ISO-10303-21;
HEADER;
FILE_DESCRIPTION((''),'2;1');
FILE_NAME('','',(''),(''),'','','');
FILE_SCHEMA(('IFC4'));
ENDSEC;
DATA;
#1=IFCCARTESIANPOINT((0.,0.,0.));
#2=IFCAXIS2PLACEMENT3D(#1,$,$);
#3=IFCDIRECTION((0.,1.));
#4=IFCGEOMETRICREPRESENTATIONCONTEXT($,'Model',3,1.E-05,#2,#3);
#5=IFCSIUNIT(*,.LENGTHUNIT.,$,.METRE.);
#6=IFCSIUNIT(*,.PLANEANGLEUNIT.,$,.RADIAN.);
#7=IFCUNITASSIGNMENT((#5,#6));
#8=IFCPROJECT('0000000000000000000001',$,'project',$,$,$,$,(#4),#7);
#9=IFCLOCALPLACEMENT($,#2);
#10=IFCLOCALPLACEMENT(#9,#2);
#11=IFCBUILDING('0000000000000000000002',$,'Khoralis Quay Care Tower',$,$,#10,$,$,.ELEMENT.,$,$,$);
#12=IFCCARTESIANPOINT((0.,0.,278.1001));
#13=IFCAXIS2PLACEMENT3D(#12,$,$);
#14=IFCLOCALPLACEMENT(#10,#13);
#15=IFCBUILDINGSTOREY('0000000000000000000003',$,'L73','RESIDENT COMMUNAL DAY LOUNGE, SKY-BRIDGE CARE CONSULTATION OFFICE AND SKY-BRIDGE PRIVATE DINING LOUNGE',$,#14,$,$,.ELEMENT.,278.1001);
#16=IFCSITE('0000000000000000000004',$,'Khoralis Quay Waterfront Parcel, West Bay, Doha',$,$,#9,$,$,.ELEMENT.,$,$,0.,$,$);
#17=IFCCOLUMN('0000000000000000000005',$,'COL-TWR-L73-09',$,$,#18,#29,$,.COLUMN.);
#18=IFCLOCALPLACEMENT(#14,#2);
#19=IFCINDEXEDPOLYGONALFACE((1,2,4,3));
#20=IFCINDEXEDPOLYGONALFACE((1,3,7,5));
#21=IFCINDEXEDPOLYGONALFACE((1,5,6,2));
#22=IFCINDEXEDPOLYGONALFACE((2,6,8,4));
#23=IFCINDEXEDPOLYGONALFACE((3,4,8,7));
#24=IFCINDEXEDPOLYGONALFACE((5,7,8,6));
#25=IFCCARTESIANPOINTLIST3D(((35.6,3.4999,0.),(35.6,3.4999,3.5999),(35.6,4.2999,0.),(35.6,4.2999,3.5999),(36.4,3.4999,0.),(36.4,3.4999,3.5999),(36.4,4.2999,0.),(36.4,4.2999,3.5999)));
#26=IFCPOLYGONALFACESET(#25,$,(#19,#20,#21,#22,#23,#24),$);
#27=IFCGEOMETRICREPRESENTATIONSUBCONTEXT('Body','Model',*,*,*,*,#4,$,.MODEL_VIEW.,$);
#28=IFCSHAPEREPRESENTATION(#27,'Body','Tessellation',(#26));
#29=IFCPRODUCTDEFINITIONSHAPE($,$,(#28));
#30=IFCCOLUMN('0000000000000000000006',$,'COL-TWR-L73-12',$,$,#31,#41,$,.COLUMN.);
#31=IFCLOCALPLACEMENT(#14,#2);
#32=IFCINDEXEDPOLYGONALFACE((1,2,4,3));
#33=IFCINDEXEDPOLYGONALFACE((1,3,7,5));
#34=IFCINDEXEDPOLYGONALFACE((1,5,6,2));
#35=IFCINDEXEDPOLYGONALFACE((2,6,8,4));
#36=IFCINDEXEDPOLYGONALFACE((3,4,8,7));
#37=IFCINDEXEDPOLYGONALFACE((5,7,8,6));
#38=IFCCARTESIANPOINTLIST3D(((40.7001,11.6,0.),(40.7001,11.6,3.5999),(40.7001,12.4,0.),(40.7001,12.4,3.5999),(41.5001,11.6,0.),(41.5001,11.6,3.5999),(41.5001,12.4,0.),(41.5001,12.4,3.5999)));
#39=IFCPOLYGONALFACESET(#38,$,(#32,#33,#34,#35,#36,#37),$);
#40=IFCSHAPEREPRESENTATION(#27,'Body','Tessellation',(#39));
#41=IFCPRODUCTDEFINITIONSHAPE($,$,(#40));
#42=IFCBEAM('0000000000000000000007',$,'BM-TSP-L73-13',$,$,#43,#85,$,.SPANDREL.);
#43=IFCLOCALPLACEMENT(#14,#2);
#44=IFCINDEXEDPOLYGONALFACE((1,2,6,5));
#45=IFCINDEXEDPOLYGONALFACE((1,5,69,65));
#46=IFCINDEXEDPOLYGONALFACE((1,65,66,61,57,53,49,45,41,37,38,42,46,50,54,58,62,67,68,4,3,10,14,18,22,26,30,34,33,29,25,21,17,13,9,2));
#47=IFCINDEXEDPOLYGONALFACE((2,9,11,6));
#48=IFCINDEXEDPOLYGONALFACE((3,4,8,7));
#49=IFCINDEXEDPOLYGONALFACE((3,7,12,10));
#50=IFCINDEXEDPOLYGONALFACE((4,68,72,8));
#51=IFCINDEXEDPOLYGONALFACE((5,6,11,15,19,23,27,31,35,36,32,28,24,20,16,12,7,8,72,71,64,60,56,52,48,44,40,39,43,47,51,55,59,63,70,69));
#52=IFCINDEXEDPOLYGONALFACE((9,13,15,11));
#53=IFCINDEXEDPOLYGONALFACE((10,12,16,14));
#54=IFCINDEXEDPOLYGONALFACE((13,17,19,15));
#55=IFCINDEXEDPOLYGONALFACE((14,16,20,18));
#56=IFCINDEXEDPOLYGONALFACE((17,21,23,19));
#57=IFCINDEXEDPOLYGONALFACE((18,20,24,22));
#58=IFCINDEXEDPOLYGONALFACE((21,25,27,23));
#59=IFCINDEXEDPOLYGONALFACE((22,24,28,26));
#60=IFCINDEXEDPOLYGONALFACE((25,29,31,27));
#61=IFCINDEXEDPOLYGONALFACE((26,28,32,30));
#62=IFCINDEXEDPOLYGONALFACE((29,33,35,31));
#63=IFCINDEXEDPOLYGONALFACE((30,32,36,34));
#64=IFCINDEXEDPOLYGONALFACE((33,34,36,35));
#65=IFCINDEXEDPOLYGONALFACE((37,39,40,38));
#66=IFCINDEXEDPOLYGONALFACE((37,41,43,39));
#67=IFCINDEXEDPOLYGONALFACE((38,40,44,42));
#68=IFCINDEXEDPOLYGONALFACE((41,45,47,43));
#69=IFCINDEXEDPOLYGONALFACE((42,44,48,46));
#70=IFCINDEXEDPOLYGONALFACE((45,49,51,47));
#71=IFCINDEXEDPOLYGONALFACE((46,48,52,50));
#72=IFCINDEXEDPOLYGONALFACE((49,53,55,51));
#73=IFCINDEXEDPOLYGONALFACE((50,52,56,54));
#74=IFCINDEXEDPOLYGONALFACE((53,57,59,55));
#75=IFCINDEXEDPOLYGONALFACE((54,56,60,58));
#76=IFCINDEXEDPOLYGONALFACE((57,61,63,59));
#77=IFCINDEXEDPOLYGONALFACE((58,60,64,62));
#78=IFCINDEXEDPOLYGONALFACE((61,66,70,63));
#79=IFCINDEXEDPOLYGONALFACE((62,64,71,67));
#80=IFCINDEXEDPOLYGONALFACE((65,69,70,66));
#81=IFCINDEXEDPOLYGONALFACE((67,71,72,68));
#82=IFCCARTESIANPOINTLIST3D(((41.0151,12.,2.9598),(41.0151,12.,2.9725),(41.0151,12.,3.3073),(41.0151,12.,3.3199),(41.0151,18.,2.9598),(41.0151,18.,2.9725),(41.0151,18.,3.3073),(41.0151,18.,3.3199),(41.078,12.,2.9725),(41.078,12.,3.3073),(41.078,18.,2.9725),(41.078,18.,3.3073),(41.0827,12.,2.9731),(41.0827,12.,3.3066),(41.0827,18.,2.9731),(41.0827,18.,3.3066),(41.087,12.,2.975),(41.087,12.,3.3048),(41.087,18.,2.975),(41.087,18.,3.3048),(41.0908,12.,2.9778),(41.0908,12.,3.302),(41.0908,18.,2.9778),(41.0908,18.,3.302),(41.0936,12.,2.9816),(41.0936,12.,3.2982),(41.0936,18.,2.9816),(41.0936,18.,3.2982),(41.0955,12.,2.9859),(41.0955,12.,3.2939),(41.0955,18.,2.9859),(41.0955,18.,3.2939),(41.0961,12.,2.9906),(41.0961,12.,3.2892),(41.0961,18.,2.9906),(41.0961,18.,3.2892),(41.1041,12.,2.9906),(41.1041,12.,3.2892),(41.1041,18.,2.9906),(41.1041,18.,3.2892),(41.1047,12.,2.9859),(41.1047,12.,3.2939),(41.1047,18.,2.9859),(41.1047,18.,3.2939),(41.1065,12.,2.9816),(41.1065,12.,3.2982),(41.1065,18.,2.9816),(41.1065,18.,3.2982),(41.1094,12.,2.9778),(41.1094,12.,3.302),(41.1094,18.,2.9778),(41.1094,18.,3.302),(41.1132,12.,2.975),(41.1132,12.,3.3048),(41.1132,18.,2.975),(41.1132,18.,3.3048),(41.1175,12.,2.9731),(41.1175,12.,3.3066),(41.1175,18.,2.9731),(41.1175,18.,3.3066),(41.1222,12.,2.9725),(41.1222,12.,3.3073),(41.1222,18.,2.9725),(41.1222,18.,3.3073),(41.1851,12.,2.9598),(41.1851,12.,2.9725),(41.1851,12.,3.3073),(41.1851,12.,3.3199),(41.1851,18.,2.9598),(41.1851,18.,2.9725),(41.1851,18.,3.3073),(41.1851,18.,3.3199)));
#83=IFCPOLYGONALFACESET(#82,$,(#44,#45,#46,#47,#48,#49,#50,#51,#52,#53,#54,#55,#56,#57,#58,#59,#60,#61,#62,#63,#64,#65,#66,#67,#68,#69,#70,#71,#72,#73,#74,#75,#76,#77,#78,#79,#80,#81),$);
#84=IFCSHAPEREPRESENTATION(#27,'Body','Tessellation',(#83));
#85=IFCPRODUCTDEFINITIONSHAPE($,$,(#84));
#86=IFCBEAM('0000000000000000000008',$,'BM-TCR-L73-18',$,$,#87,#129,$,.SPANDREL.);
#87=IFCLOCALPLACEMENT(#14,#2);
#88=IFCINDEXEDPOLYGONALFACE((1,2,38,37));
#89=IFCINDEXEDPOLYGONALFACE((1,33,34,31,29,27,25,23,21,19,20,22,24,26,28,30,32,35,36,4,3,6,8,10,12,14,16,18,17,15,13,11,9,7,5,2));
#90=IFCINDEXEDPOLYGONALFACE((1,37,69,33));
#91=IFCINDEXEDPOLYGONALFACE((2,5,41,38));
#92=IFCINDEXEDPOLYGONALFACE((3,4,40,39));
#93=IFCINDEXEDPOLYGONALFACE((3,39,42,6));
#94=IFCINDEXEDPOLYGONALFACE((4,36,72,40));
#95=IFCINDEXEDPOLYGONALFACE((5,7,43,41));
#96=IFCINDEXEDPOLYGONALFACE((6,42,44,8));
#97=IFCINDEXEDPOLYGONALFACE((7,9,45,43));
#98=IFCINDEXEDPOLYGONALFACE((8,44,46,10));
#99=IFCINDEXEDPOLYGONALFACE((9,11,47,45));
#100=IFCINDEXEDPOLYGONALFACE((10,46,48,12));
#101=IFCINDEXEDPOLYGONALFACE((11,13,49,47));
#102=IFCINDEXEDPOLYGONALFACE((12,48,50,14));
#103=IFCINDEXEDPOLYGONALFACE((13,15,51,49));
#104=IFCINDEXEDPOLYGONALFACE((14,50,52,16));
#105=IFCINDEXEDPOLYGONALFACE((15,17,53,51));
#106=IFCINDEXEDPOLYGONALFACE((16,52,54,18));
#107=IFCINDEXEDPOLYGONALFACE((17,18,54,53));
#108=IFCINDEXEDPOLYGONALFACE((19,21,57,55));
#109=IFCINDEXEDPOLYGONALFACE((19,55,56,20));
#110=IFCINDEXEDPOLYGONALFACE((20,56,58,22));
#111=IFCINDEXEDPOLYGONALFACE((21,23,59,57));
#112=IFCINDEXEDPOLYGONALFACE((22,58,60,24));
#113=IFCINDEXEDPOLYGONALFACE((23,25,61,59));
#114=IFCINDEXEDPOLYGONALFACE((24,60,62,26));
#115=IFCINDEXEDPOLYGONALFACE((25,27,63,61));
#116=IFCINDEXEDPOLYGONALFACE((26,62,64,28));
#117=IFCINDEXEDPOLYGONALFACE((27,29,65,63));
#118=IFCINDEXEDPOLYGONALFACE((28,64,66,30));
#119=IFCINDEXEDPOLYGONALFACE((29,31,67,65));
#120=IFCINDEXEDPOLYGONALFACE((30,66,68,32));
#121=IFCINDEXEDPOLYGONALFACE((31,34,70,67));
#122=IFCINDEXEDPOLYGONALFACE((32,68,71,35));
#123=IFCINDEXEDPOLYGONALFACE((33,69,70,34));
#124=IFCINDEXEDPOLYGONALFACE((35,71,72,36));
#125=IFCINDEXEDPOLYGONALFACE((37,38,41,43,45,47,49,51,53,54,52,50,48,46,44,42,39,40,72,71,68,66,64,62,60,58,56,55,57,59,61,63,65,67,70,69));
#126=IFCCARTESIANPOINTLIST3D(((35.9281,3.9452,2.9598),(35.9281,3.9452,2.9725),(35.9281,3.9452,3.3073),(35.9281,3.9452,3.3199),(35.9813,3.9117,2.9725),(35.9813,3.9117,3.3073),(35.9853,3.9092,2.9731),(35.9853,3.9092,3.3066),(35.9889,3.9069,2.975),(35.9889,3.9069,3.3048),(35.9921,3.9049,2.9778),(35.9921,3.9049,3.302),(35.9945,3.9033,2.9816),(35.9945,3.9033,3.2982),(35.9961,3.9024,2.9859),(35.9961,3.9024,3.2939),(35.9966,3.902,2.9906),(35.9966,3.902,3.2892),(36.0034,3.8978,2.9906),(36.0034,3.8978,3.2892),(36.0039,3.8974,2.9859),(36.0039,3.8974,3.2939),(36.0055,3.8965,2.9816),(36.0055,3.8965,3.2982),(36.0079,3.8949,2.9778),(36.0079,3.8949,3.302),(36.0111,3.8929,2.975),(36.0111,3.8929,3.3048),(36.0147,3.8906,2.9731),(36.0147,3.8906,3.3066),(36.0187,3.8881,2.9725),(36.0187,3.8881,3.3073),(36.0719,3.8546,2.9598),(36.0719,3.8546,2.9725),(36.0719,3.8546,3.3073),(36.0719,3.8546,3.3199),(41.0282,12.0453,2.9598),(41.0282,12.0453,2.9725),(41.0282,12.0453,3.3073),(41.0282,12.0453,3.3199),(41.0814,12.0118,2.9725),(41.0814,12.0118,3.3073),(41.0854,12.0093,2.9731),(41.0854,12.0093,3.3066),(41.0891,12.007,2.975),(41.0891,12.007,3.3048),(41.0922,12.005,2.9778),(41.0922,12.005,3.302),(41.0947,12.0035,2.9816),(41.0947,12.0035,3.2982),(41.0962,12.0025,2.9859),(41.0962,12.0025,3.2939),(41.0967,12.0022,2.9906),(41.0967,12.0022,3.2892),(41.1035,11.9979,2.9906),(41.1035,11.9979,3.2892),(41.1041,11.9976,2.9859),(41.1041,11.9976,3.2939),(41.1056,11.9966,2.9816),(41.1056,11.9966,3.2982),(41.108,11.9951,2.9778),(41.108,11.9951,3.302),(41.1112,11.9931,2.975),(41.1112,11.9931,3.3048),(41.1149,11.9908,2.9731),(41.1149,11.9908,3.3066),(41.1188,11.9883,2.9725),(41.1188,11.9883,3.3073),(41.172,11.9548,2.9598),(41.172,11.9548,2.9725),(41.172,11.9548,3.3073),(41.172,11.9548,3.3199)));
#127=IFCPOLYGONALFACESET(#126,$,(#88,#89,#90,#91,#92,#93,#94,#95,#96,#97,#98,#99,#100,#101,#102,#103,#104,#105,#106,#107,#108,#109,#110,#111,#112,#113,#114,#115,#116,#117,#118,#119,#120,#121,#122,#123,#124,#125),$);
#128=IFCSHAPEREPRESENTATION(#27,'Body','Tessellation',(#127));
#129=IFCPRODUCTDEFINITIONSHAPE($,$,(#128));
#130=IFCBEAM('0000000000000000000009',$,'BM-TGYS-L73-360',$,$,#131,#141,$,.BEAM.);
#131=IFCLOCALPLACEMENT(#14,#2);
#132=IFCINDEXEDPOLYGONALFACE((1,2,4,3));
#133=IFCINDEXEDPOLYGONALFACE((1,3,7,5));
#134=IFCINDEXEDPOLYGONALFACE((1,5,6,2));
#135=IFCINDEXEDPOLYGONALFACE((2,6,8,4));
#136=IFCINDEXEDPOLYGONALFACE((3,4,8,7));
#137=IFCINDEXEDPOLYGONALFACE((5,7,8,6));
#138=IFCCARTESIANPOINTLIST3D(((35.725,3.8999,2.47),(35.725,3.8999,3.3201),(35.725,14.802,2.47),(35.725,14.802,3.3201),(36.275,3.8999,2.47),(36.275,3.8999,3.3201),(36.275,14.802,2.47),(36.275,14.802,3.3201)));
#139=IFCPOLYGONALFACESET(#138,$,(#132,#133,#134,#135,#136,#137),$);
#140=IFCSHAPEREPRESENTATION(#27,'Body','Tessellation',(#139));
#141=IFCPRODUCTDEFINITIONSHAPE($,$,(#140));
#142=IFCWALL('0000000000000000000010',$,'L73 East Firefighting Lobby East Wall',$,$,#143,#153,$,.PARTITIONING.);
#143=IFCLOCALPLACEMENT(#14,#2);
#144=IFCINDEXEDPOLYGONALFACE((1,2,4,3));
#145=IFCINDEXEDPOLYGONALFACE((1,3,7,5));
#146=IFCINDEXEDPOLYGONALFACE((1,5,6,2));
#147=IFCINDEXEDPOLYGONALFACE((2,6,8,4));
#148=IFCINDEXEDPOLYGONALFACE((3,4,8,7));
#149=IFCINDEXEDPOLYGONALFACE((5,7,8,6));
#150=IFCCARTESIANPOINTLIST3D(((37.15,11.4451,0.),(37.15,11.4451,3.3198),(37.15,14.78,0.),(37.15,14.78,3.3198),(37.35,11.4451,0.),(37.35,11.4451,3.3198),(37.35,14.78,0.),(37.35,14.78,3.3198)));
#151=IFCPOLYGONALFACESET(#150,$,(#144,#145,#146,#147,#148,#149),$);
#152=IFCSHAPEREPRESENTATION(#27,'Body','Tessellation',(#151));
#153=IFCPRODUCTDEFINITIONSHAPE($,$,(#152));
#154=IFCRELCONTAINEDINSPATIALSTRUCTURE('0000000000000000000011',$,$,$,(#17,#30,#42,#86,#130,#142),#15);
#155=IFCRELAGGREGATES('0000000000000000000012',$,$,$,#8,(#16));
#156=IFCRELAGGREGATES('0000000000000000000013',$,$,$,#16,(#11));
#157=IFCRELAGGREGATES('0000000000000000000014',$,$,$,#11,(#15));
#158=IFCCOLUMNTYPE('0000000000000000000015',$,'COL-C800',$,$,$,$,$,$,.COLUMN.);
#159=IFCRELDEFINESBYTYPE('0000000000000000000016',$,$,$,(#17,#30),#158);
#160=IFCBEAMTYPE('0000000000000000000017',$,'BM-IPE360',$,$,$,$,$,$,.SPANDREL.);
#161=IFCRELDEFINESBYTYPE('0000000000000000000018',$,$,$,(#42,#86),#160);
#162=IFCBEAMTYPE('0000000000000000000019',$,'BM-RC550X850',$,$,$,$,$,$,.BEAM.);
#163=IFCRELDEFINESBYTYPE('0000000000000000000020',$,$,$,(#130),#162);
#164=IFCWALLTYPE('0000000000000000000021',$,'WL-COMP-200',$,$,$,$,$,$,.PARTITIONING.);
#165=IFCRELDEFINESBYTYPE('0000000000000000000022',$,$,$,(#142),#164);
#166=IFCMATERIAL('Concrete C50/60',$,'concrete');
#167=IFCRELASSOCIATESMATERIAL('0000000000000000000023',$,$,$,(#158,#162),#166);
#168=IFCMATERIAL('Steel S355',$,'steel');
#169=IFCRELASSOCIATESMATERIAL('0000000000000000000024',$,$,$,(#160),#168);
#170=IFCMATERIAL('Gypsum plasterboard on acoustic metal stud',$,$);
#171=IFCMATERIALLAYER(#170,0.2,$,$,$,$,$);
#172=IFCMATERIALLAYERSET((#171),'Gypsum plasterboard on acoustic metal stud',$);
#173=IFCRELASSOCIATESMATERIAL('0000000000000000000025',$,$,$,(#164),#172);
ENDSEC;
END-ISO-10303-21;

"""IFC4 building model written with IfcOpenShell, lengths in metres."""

from ifc_helpers import new_model, si_unit, direction, frame, frame_2d, origin, origin_2d, place, context, subcontext, project, spatial, rectangle, i_section, extrude, source, transform, mapped, material, layer, layer_set, material_profile, profile_set, type_object, element, save


model = new_model("IFC4")

# Units and contexts
model_context = context("Model", 3, precision=1e-05, world=origin(), true_north=direction((0.0, 1.0)))
body_context = subcontext(model_context, "Body", "Model", "MODEL_VIEW")
ifc_project = project(units=[si_unit("LENGTHUNIT", "METRE"), si_unit("PLANEANGLEUNIT", "RADIAN")], contexts=[model_context])

# Site, building, storey
site_placement = place(None, origin())
site = spatial("IfcSite", under=ifc_project, at=site_placement, Name="Khoralis Quay Waterfront Parcel, West Bay, Doha", CompositionType="ELEMENT", RefElevation=0.0)
building_placement = place(site_placement, origin())
building = spatial("IfcBuilding", under=site, at=building_placement, Name="Khoralis Quay Care Tower", CompositionType="ELEMENT")
storey_placement = place(building_placement, frame((0.0, 0.0, 278.1001)))
storey = spatial("IfcBuildingStorey", under=building, at=storey_placement, Name="L73", Description="RESIDENT COMMUNAL DAY LOUNGE, SKY-BRIDGE CARE CONSULTATION OFFICE AND SKY-BRIDGE PRIVATE DINING LOUNGE", CompositionType="ELEMENT", Elevation=278.1001)

# Columns
ifc_material_1 = material(Name="Concrete C50/60", Category="concrete")
ifc_material_profile_1 = material_profile(ifc_material_1, rectangle(XDim=0.8, YDim=0.8, at=origin_2d()), Name="Concrete C50/60")
ifc_profile_set_1 = profile_set([ifc_material_profile_1], Name="Concrete C50/60")
column_type = type_object("IfcColumnType", Name="COL-C800", PredefinedType="COLUMN", material=ifc_profile_set_1)
shared_shape_1 = source(origin(), body_context, "Body", "SweptSolid", [
    extrude(rectangle(XDim=0.8, YDim=0.8, at=origin_2d()), origin(), (0.0, 0.0, 1.0), 3.5999),
])
for number, where, z_axis, x_axis, name in (
    (1, (36.0, 3.8999, 0.0), (0.0, 0.0, 1.0), (1.0, 0.0, 0.0), "COL-TWR-L73-09"),
    (2, (41.1001, 12.0, 0.0), (0.0, 0.0, 1.0), (1.0, 0.0, 0.0), "COL-TWR-L73-12"),
):
    element("IfcColumn", number, at=place(storey_placement, frame(where, z_axis=z_axis, x_axis=x_axis)), inside=storey, type_object=column_type, Name=name, PredefinedType="COLUMN", context=body_context, shape_type="MappedRepresentation", body=[
        mapped(shared_shape_1, transform((0.0, 0.0, 0.0), scale=1.0)),
    ])

# Beams
ifc_material_2 = material(Name="Steel S355", Category="steel")
ifc_material_profile_2 = material_profile(ifc_material_2, i_section(OverallWidth=0.1699, OverallDepth=0.3601, WebThickness=0.0081, FlangeThickness=0.0127, FilletRadius=0.0181, at=origin_2d()), Name="Steel S355")
ifc_profile_set_2 = profile_set([ifc_material_profile_2], Name="Steel S355")
beam_type_1 = type_object("IfcBeamType", Name="BM-IPE360", PredefinedType="SPANDREL", material=ifc_profile_set_2)
shared_shape_2 = source(origin(), body_context, "Body", "SweptSolid", [
    extrude(i_section(OverallWidth=0.1699, OverallDepth=0.3601, WebThickness=0.0081, FlangeThickness=0.0127, FilletRadius=0.0181, at=origin_2d()), origin(), (0.0, 0.0, 1.0), 6.0),
])
beam_1_placement = place(storey_placement, frame((41.1001, 12.0, 3.1399), z_axis=(0.0, 1.0, 0.0), x_axis=(-1.0, 0.0, 0.0)))
element("IfcBeam", 3, at=beam_1_placement, inside=storey, type_object=beam_type_1, Name="BM-TSP-L73-13", PredefinedType="SPANDREL", context=body_context, shape_type="MappedRepresentation", body=[
    mapped(shared_shape_2, transform((0.0, 0.0, 0.0), scale=1.0)),
])
shared_shape_3 = source(origin(), body_context, "Body", "SweptSolid", [
    extrude(i_section(OverallWidth=0.1699, OverallDepth=0.3601, WebThickness=0.0081, FlangeThickness=0.0127, FilletRadius=0.0181, at=origin_2d()), origin(), (0.0, 0.0, 1.0), 9.572),
])
beam_2_placement = place(storey_placement, frame((36.0, 3.8999, 3.1399), z_axis=(0.532816, 0.846231, 0.0), x_axis=(-0.846231, 0.532816, 0.0)))
element("IfcBeam", 4, at=beam_2_placement, inside=storey, type_object=beam_type_1, Name="BM-TCR-L73-18", PredefinedType="SPANDREL", context=body_context, shape_type="MappedRepresentation", body=[
    mapped(shared_shape_3, transform((0.0, 0.0, 0.0), scale=1.0)),
])
ifc_material_profile_3 = material_profile(ifc_material_1, rectangle(XDim=0.55, YDim=0.8501, at=origin_2d()), Name="Concrete C50/60")
ifc_profile_set_3 = profile_set([ifc_material_profile_3], Name="Concrete C50/60")
beam_type_2 = type_object("IfcBeamType", Name="BM-RC550X850", PredefinedType="BEAM", material=ifc_profile_set_3)
shared_shape_4 = source(origin(), body_context, "Body", "SweptSolid", [
    extrude(rectangle(XDim=0.55, YDim=0.8501, at=origin_2d()), origin(), (0.0, 0.0, 1.0), 10.9021),
])
beam_3_placement = place(storey_placement, frame((36.0, 3.8999, 2.895), z_axis=(0.0, 1.0, 0.0), x_axis=(-1.0, 0.0, 0.0)))
element("IfcBeam", 5, at=beam_3_placement, inside=storey, type_object=beam_type_2, Name="BM-TGYS-L73-360", PredefinedType="BEAM", context=body_context, shape_type="MappedRepresentation", body=[
    mapped(shared_shape_4, transform((0.0, 0.0, 0.0), scale=1.0)),
])

# Wall
ifc_material_3 = material(Name="Gypsum plasterboard on acoustic metal stud")
ifc_layer_1 = layer(ifc_material_3, 0.2)
ifc_layer_set_1 = layer_set([ifc_layer_1], Name="Gypsum plasterboard on acoustic metal stud")
wall_type_1 = type_object("IfcWallType", Name="WL-COMP-200", PredefinedType="PARTITIONING", material=ifc_layer_set_1)
wall_1_placement = place(storey_placement, frame((37.25, 11.4451, 0.0), z_axis=(0.0, 0.0, 1.0), x_axis=(0.0, 1.0, 0.0)))
element("IfcWall", 6, at=wall_1_placement, inside=storey, type_object=wall_type_1, Name="L73 East Firefighting Lobby East Wall", PredefinedType="PARTITIONING", context=body_context, shape_type="SweptSolid", body=[
    extrude(rectangle(XDim=3.335, YDim=0.2, at=frame_2d((1.6675, 0.0))), origin(), (0.0, 0.0, 1.0), 3.3198),
])

save(model, "model.ifc")
